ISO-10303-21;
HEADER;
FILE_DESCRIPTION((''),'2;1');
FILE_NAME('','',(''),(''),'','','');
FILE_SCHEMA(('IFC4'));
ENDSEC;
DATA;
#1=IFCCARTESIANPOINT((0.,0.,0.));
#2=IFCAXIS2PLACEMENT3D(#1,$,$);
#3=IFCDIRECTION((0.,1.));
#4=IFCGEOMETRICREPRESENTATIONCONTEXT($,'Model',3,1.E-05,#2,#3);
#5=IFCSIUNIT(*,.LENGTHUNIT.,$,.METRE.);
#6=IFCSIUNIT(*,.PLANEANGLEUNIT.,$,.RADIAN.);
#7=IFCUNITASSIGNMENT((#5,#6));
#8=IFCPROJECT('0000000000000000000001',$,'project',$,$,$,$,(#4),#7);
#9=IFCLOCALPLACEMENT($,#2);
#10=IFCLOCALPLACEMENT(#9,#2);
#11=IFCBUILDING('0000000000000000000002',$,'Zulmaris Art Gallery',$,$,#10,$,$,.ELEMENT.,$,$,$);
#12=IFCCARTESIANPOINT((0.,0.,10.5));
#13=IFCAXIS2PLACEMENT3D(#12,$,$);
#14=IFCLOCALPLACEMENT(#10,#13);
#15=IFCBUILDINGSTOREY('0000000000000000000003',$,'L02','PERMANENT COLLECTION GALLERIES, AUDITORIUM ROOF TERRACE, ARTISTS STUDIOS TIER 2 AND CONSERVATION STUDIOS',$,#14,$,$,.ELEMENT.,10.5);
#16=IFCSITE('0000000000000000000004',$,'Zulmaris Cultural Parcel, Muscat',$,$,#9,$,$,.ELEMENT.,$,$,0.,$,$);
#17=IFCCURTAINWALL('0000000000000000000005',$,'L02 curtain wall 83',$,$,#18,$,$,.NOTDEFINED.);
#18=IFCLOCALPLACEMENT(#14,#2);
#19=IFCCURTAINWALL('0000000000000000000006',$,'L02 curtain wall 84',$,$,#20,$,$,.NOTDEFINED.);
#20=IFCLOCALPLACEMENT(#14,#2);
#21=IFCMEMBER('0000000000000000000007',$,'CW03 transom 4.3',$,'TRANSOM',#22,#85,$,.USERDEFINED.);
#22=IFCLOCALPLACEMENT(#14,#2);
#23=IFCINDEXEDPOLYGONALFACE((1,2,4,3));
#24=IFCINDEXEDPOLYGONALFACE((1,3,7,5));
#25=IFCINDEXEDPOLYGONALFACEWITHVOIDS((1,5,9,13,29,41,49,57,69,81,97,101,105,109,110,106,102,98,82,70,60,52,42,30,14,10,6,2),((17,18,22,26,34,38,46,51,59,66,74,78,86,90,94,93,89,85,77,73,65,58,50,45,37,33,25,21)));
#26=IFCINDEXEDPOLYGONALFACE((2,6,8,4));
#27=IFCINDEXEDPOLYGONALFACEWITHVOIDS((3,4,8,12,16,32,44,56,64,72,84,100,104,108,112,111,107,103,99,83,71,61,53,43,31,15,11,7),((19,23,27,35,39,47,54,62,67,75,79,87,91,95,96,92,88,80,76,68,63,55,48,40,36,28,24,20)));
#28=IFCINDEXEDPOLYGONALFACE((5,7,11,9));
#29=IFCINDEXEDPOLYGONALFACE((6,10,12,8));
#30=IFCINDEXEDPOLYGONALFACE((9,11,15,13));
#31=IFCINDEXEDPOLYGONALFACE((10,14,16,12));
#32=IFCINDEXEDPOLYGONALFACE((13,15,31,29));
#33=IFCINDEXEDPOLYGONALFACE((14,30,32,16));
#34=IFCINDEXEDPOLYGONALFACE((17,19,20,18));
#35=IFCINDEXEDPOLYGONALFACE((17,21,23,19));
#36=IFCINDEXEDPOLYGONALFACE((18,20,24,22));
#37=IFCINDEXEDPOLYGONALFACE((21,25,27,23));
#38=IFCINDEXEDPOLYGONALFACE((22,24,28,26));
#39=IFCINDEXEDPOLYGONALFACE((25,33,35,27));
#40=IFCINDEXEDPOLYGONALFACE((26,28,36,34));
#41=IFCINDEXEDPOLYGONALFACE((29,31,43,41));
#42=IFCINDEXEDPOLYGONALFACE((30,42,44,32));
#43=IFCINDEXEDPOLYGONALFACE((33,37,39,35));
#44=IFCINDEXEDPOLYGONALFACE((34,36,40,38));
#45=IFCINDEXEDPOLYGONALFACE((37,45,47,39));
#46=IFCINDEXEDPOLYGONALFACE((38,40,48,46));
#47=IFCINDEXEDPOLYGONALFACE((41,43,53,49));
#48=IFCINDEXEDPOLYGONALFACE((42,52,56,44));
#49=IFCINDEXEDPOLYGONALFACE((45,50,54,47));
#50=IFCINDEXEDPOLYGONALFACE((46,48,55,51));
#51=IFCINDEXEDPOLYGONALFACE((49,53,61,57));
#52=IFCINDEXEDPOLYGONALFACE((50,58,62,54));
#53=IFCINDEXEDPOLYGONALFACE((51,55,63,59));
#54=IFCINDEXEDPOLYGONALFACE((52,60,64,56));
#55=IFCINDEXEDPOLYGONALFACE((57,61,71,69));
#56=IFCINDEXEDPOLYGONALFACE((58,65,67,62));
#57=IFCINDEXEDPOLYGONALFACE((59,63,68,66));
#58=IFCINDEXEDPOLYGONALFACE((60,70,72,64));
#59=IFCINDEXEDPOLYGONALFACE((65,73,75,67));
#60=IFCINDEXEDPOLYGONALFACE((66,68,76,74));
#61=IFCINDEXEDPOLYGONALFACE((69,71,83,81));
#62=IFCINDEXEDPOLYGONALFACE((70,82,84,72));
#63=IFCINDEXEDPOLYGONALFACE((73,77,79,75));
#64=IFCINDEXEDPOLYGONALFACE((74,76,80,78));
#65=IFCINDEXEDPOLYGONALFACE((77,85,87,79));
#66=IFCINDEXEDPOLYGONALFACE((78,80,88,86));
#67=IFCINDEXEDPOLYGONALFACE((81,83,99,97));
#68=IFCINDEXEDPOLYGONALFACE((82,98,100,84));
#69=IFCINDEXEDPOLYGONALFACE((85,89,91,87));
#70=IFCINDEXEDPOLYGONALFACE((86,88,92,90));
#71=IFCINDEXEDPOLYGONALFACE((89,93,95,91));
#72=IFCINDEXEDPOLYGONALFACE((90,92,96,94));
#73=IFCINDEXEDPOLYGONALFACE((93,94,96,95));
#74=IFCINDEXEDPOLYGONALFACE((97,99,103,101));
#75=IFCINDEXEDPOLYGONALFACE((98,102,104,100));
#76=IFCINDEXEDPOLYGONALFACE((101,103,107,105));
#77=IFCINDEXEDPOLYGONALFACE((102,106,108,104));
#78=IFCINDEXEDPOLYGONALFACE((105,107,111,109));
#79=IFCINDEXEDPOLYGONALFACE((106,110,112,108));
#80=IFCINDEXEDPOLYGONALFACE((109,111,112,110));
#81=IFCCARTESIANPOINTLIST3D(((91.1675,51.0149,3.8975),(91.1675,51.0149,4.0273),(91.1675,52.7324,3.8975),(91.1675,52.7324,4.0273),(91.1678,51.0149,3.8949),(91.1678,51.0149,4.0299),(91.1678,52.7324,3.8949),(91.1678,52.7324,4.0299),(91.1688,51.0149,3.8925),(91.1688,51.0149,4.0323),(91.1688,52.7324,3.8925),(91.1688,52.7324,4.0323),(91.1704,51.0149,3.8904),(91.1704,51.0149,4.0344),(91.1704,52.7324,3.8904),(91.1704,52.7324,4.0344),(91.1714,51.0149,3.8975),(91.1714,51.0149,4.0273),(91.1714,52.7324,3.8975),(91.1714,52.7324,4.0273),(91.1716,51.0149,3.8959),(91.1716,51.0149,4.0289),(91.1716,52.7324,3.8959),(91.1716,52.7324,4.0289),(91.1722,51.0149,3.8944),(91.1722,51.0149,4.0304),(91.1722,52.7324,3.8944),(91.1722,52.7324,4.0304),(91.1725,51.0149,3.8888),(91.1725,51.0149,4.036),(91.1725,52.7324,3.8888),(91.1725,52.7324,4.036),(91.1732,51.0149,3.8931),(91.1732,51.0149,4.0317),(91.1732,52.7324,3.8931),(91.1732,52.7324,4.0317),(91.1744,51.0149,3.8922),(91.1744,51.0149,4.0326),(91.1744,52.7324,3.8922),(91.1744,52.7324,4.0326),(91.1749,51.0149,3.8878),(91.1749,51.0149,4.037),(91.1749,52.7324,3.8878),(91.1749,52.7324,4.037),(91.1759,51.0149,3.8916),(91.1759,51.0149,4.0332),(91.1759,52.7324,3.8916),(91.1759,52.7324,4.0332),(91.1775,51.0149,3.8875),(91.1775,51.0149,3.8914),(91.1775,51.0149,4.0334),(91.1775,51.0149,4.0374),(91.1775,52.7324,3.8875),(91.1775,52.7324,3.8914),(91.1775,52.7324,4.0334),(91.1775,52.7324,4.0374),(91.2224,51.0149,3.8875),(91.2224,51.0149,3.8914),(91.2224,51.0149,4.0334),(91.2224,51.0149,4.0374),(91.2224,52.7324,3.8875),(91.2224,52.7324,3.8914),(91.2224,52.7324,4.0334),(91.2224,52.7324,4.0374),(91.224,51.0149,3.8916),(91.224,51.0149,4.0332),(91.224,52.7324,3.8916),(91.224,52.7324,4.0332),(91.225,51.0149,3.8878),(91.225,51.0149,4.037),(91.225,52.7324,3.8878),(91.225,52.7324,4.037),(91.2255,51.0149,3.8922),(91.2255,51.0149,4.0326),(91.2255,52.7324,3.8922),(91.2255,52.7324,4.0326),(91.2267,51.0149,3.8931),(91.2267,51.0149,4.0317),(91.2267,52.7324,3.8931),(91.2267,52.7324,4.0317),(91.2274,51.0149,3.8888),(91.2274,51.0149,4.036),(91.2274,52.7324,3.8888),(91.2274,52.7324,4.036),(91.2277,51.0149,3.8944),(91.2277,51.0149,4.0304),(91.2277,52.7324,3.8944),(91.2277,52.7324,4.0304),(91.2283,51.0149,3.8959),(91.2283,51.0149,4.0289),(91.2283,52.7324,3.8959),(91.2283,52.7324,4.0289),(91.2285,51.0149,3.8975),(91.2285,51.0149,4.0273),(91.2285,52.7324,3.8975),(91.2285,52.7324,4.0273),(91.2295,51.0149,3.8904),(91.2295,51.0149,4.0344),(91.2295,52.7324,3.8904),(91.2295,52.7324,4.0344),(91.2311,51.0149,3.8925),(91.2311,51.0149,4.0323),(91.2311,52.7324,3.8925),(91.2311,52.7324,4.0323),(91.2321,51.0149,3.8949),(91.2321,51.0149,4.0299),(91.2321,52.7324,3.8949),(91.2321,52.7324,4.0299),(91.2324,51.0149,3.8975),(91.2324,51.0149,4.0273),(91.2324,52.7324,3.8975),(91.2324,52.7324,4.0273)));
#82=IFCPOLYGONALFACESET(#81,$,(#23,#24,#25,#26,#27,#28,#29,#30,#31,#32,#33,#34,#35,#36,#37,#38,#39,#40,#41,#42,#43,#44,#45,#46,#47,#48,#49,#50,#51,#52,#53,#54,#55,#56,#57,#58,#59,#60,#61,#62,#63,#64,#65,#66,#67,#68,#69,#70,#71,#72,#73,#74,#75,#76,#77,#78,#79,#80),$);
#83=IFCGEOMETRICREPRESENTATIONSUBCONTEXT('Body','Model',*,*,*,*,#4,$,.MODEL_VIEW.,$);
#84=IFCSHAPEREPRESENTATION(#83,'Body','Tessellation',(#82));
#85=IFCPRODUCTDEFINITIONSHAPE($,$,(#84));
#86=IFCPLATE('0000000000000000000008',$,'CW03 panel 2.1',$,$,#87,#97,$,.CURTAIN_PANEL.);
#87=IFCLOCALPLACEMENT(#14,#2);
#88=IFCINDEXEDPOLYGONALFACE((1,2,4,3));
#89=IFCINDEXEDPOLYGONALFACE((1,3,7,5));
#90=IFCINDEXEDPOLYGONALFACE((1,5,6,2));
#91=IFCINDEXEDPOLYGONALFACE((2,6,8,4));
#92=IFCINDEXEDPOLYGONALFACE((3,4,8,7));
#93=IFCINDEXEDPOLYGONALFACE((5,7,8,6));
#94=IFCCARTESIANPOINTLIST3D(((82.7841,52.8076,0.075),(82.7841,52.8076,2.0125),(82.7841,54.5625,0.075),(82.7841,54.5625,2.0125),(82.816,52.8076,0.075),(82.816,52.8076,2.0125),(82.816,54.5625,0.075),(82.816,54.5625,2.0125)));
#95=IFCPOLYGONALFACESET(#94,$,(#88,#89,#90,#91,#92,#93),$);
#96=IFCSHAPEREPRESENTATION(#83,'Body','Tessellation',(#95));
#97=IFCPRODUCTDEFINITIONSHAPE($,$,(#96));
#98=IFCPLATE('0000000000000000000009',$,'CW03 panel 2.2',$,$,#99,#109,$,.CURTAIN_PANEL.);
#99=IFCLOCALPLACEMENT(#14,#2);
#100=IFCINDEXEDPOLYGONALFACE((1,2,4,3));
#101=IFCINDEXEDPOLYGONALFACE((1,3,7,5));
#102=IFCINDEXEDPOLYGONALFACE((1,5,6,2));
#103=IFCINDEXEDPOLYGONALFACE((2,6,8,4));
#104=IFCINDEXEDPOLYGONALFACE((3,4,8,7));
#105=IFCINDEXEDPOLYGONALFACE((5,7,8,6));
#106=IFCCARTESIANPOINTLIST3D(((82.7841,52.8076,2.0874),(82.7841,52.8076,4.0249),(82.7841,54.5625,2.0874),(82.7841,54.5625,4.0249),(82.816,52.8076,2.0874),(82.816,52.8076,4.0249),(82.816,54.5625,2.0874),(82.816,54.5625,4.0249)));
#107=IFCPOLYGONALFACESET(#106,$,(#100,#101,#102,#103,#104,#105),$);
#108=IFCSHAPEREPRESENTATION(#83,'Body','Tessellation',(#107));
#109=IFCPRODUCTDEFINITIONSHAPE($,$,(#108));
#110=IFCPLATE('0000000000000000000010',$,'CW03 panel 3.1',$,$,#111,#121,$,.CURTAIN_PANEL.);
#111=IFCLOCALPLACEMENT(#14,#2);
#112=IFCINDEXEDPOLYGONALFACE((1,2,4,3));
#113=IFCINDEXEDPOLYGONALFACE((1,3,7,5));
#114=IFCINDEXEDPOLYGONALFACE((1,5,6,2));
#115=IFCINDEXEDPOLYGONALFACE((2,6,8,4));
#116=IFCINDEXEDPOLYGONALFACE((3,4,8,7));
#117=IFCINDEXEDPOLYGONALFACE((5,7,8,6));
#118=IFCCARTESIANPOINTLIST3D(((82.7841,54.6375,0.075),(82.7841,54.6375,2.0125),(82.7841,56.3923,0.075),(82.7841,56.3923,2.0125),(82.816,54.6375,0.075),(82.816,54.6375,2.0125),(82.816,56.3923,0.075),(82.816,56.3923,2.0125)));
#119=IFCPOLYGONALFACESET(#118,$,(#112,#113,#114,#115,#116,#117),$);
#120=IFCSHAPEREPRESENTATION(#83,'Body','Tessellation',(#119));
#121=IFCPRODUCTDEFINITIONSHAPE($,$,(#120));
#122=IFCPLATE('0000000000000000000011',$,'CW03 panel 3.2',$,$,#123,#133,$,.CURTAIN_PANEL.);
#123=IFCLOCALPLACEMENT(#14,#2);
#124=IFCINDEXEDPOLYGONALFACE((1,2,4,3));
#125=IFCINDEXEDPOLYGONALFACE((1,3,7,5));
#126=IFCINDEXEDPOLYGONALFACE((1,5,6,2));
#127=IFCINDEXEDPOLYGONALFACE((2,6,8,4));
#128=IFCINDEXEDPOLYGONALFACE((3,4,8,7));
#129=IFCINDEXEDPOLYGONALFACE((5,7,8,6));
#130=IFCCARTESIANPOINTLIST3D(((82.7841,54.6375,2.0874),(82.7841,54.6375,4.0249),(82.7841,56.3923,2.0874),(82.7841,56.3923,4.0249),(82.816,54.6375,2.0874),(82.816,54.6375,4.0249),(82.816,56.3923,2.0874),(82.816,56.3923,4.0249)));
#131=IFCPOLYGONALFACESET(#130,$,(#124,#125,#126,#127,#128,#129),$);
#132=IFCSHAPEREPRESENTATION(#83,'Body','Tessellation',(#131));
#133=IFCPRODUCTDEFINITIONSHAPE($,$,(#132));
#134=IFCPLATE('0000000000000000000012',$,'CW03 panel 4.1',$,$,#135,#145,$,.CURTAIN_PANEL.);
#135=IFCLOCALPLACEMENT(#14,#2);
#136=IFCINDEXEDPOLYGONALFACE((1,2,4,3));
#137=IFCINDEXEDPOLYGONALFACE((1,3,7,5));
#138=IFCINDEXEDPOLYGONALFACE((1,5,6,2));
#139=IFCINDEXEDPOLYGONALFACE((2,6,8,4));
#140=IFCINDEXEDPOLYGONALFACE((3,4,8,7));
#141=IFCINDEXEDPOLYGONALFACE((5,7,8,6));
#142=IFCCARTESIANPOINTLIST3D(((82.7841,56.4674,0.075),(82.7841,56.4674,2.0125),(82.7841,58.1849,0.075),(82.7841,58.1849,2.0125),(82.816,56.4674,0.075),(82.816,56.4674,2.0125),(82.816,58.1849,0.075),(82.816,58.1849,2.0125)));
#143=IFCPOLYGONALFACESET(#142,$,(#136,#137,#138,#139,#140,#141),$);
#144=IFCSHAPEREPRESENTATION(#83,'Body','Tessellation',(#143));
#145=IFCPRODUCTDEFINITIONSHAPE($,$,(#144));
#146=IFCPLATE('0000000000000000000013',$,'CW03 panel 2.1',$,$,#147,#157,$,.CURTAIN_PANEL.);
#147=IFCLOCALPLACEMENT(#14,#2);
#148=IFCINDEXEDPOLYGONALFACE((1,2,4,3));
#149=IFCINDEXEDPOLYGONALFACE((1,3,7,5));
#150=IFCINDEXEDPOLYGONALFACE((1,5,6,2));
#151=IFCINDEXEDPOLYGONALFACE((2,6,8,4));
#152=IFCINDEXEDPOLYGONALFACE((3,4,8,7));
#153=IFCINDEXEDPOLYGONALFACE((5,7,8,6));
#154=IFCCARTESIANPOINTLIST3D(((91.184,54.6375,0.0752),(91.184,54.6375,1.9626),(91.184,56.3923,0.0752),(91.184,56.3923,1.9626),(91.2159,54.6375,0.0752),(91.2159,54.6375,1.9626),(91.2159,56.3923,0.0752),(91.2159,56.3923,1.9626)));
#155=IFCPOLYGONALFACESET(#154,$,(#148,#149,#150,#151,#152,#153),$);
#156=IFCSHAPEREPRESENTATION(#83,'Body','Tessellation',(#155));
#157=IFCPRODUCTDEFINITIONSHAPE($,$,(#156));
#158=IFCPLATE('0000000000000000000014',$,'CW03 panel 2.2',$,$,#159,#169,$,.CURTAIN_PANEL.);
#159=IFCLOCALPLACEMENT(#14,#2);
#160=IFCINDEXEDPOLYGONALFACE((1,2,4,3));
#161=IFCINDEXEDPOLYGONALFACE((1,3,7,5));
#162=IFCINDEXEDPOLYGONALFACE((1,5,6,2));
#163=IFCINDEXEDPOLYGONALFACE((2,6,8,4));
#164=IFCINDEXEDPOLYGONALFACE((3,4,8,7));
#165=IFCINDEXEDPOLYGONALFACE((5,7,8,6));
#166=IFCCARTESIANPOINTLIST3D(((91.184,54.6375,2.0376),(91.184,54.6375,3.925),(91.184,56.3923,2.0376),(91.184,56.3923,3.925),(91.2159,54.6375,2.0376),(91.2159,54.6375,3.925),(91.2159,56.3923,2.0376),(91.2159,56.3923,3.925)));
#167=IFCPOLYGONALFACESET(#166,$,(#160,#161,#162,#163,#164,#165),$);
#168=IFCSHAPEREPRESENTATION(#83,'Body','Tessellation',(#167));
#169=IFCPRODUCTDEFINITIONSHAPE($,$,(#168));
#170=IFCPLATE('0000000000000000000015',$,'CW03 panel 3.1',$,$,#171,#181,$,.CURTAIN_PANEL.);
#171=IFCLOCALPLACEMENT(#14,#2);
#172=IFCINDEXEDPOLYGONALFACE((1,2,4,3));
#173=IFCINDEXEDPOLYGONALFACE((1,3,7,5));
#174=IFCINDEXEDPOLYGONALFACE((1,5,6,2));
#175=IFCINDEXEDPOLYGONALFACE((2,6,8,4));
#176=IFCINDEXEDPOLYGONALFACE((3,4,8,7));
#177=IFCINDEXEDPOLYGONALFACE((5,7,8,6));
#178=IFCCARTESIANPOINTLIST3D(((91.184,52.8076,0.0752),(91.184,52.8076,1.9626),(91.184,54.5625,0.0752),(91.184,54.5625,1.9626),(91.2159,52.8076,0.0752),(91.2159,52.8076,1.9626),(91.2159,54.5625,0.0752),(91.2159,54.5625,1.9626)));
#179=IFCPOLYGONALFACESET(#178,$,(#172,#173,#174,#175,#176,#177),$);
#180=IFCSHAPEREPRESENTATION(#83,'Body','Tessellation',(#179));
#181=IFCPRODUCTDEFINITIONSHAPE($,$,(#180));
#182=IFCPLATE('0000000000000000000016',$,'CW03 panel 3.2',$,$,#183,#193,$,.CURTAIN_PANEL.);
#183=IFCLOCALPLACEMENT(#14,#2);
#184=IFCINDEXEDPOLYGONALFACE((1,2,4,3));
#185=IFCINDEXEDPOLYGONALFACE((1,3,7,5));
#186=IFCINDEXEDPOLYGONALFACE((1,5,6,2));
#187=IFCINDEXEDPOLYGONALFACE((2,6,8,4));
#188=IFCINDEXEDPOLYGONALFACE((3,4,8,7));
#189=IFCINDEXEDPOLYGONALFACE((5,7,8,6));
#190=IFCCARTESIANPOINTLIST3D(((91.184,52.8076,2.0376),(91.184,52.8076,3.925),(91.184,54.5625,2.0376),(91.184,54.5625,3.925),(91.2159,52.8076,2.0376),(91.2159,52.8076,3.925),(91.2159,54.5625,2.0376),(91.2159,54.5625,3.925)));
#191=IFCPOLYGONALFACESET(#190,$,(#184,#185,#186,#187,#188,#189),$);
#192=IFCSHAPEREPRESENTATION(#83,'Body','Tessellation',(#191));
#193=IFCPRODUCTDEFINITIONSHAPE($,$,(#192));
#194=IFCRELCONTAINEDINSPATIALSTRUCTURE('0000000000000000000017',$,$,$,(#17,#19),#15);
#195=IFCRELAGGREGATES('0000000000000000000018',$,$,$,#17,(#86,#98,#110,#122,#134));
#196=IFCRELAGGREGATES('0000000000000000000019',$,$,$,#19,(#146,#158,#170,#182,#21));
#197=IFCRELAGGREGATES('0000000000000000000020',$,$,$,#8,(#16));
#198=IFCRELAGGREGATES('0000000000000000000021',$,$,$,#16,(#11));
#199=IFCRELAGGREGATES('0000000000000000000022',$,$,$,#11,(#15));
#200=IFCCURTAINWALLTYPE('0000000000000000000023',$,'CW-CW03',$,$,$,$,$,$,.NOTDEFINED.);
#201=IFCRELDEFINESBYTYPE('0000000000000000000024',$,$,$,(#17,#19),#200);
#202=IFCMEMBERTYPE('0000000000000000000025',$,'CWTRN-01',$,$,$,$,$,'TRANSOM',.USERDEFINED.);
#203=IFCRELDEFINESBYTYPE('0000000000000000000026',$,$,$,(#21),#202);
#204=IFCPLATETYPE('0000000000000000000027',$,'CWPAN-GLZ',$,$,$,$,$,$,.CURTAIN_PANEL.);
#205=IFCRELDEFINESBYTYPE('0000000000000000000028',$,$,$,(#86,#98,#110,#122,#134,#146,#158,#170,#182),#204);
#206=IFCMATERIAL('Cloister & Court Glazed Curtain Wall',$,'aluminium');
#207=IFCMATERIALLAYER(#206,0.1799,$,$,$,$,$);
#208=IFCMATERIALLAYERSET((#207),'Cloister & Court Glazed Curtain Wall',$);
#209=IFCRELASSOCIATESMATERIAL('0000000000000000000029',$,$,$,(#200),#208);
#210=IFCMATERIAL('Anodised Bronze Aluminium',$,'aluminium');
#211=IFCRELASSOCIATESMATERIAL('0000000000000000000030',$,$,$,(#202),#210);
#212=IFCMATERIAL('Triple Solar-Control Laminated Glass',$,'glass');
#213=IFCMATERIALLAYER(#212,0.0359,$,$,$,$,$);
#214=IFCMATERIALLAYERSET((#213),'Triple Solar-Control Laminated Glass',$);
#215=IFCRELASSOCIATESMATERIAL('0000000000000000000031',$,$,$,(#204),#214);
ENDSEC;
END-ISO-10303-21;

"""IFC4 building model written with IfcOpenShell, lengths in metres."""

from ifc_helpers import new_model, si_unit, direction, frame, origin, origin_2d, place, context, subcontext, project, spatial, rectangle, hollow_rectangle, extrude, material, layer, layer_set, material_profile, profile_set, type_object, element, aggregate, save


model = new_model("IFC4")

# Units and contexts
model_context = context("Model", 3, precision=1e-05, world=origin(), true_north=direction((0.0, 1.0)))
body_context = subcontext(model_context, "Body", "Model", "MODEL_VIEW")
ifc_project = project(units=[si_unit("LENGTHUNIT", "METRE"), si_unit("PLANEANGLEUNIT", "RADIAN")], contexts=[model_context])

# Site, building, storey
site_placement = place(None, origin())
site = spatial("IfcSite", under=ifc_project, at=site_placement, Name="Zulmaris Cultural Parcel, Muscat", CompositionType="ELEMENT", RefElevation=0.0)
building_placement = place(site_placement, origin())
building = spatial("IfcBuilding", under=site, at=building_placement, Name="Zulmaris Art Gallery", CompositionType="ELEMENT")
storey_placement = place(building_placement, frame((0.0, 0.0, 10.5)))
storey = spatial("IfcBuildingStorey", under=building, at=storey_placement, Name="L02", Description="PERMANENT COLLECTION GALLERIES, AUDITORIUM ROOF TERRACE, ARTISTS STUDIOS TIER 2 AND CONSERVATION STUDIOS", CompositionType="ELEMENT", Elevation=10.5)

# Curtain walls
ifc_material_1 = material(Name="Cloister & Court Glazed Curtain Wall", Category="aluminium")
ifc_layer_1 = layer(ifc_material_1, 0.1799)
ifc_layer_set_1 = layer_set([ifc_layer_1], Name="Cloister & Court Glazed Curtain Wall")
curtain_wall_type = type_object("IfcCurtainWallType", Name="CW-CW03", PredefinedType="NOTDEFINED", material=ifc_layer_set_1)
curtain_wall_1_placement = place(storey_placement, origin())
curtain_wall_1 = element("IfcCurtainWall", 1, at=curtain_wall_1_placement, inside=storey, type_object=curtain_wall_type, Name="L02 curtain wall 83", PredefinedType="NOTDEFINED")
ifc_material_2 = material(Name="Anodised Bronze Aluminium", Category="aluminium")
curtain_wall_2_placement = place(storey_placement, origin())
curtain_wall_2 = element("IfcCurtainWall", 2, at=curtain_wall_2_placement, inside=storey, type_object=curtain_wall_type, Name="L02 curtain wall 84", PredefinedType="NOTDEFINED")

# Member
ifc_material_profile_1 = material_profile(ifc_material_2, hollow_rectangle(XDim=0.0649, YDim=0.1499, WallThickness=0.0039, InnerFilletRadius=0.0061, OuterFilletRadius=0.01, at=origin_2d()), Name="ALU 65x150x4")
ifc_profile_set_1 = profile_set([ifc_material_profile_1], Name="Anodised Bronze Aluminium")
member_type_1 = type_object("IfcMemberType", Name="CWTRN-01", ElementType="TRANSOM", PredefinedType="USERDEFINED", material=ifc_profile_set_1)
member_1_placement = place(storey_placement, frame((91.2, 52.7324, 3.9624), z_axis=(0.0, -1.0, 0.0), x_axis=(1.0, 0.0, 0.0)))
member_1 = element("IfcMember", 3, at=member_1_placement, type_object=member_type_1, Name="CW03 transom 4.3", ObjectType="TRANSOM", PredefinedType="USERDEFINED", context=body_context, shape_type="SweptSolid", body=[
    extrude(hollow_rectangle(XDim=0.0649, YDim=0.1499, WallThickness=0.0039, InnerFilletRadius=0.0061, OuterFilletRadius=0.01, at=origin_2d()), origin(), (0.0, 0.0, 1.0), 1.7175),
])

# Plates
ifc_material_3 = material(Name="Triple Solar-Control Laminated Glass", Category="glass")
ifc_layer_2 = layer(ifc_material_3, 0.0359)
ifc_layer_set_2 = layer_set([ifc_layer_2], Name="Triple Solar-Control Laminated Glass")
plate_type = type_object("IfcPlateType", Name="CWPAN-GLZ", PredefinedType="CURTAIN_PANEL", material=ifc_layer_set_2)
plate_1_placement = place(storey_placement, frame((82.8, 53.6851, 0.075), z_axis=(0.0, 0.0, 1.0), x_axis=(0.0, 1.0, 0.0)))
plate_1 = element("IfcPlate", 4, at=plate_1_placement, type_object=plate_type, Name="CW03 panel 2.1", PredefinedType="CURTAIN_PANEL", context=body_context, shape_type="SweptSolid", body=[
    extrude(rectangle(XDim=1.7549, YDim=0.032, at=origin_2d()), origin(), (0.0, 0.0, 1.0), 1.9375),
])
plate_2_placement = place(storey_placement, frame((82.8, 53.6851, 2.0874), z_axis=(0.0, 0.0, 1.0), x_axis=(0.0, 1.0, 0.0)))
plate_2 = element("IfcPlate", 5, at=plate_2_placement, type_object=plate_type, Name="CW03 panel 2.2", PredefinedType="CURTAIN_PANEL", context=body_context, shape_type="SweptSolid", body=[
    extrude(rectangle(XDim=1.7549, YDim=0.032, at=origin_2d()), origin(), (0.0, 0.0, 1.0), 1.9375),
])
plate_3_placement = place(storey_placement, frame((82.8, 55.5149, 0.075), z_axis=(0.0, 0.0, 1.0), x_axis=(0.0, 1.0, 0.0)))
plate_3 = element("IfcPlate", 6, at=plate_3_placement, type_object=plate_type, Name="CW03 panel 3.1", PredefinedType="CURTAIN_PANEL", context=body_context, shape_type="SweptSolid", body=[
    extrude(rectangle(XDim=1.7549, YDim=0.032, at=origin_2d()), origin(), (0.0, 0.0, 1.0), 1.9375),
])
plate_4_placement = place(storey_placement, frame((82.8, 55.5149, 2.0874), z_axis=(0.0, 0.0, 1.0), x_axis=(0.0, 1.0, 0.0)))
plate_4 = element("IfcPlate", 7, at=plate_4_placement, type_object=plate_type, Name="CW03 panel 3.2", PredefinedType="CURTAIN_PANEL", context=body_context, shape_type="SweptSolid", body=[
    extrude(rectangle(XDim=1.7549, YDim=0.032, at=origin_2d()), origin(), (0.0, 0.0, 1.0), 1.9375),
])
plate_5_placement = place(storey_placement, frame((82.8, 57.3262, 0.075), z_axis=(0.0, 0.0, 1.0), x_axis=(0.0, 1.0, 0.0)))
plate_5 = element("IfcPlate", 8, at=plate_5_placement, type_object=plate_type, Name="CW03 panel 4.1", PredefinedType="CURTAIN_PANEL", context=body_context, shape_type="SweptSolid", body=[
    extrude(rectangle(XDim=1.7175, YDim=0.032, at=origin_2d()), origin(), (0.0, 0.0, 1.0), 1.9375),
])
aggregate(curtain_wall_1, [plate_1, plate_2, plate_3, plate_4, plate_5])
plate_6_placement = place(storey_placement, frame((91.2, 55.5149, 0.0752), z_axis=(0.0, 0.0, 1.0), x_axis=(0.0, -1.0, 0.0)))
plate_6 = element("IfcPlate", 9, at=plate_6_placement, type_object=plate_type, Name="CW03 panel 2.1", PredefinedType="CURTAIN_PANEL", context=body_context, shape_type="SweptSolid", body=[
    extrude(rectangle(XDim=1.7549, YDim=0.032, at=origin_2d()), origin(), (0.0, 0.0, 1.0), 1.8875),
])
plate_7_placement = place(storey_placement, frame((91.2, 55.5149, 2.0376), z_axis=(0.0, 0.0, 1.0), x_axis=(0.0, -1.0, 0.0)))
plate_7 = element("IfcPlate", 10, at=plate_7_placement, type_object=plate_type, Name="CW03 panel 2.2", PredefinedType="CURTAIN_PANEL", context=body_context, shape_type="SweptSolid", body=[
    extrude(rectangle(XDim=1.7549, YDim=0.032, at=origin_2d()), origin(), (0.0, 0.0, 1.0), 1.8875),
])
plate_8_placement = place(storey_placement, frame((91.2, 53.6851, 0.0752), z_axis=(0.0, 0.0, 1.0), x_axis=(0.0, -1.0, 0.0)))
plate_8 = element("IfcPlate", 11, at=plate_8_placement, type_object=plate_type, Name="CW03 panel 3.1", PredefinedType="CURTAIN_PANEL", context=body_context, shape_type="SweptSolid", body=[
    extrude(rectangle(XDim=1.7549, YDim=0.032, at=origin_2d()), origin(), (0.0, 0.0, 1.0), 1.8875),
])
plate_9_placement = place(storey_placement, frame((91.2, 53.6851, 2.0376), z_axis=(0.0, 0.0, 1.0), x_axis=(0.0, -1.0, 0.0)))
plate_9 = element("IfcPlate", 12, at=plate_9_placement, type_object=plate_type, Name="CW03 panel 3.2", PredefinedType="CURTAIN_PANEL", context=body_context, shape_type="SweptSolid", body=[
    extrude(rectangle(XDim=1.7549, YDim=0.032, at=origin_2d()), origin(), (0.0, 0.0, 1.0), 1.8875),
])
aggregate(curtain_wall_2, [plate_6, plate_7, plate_8, plate_9, member_1])

save(model, "model.ifc")
